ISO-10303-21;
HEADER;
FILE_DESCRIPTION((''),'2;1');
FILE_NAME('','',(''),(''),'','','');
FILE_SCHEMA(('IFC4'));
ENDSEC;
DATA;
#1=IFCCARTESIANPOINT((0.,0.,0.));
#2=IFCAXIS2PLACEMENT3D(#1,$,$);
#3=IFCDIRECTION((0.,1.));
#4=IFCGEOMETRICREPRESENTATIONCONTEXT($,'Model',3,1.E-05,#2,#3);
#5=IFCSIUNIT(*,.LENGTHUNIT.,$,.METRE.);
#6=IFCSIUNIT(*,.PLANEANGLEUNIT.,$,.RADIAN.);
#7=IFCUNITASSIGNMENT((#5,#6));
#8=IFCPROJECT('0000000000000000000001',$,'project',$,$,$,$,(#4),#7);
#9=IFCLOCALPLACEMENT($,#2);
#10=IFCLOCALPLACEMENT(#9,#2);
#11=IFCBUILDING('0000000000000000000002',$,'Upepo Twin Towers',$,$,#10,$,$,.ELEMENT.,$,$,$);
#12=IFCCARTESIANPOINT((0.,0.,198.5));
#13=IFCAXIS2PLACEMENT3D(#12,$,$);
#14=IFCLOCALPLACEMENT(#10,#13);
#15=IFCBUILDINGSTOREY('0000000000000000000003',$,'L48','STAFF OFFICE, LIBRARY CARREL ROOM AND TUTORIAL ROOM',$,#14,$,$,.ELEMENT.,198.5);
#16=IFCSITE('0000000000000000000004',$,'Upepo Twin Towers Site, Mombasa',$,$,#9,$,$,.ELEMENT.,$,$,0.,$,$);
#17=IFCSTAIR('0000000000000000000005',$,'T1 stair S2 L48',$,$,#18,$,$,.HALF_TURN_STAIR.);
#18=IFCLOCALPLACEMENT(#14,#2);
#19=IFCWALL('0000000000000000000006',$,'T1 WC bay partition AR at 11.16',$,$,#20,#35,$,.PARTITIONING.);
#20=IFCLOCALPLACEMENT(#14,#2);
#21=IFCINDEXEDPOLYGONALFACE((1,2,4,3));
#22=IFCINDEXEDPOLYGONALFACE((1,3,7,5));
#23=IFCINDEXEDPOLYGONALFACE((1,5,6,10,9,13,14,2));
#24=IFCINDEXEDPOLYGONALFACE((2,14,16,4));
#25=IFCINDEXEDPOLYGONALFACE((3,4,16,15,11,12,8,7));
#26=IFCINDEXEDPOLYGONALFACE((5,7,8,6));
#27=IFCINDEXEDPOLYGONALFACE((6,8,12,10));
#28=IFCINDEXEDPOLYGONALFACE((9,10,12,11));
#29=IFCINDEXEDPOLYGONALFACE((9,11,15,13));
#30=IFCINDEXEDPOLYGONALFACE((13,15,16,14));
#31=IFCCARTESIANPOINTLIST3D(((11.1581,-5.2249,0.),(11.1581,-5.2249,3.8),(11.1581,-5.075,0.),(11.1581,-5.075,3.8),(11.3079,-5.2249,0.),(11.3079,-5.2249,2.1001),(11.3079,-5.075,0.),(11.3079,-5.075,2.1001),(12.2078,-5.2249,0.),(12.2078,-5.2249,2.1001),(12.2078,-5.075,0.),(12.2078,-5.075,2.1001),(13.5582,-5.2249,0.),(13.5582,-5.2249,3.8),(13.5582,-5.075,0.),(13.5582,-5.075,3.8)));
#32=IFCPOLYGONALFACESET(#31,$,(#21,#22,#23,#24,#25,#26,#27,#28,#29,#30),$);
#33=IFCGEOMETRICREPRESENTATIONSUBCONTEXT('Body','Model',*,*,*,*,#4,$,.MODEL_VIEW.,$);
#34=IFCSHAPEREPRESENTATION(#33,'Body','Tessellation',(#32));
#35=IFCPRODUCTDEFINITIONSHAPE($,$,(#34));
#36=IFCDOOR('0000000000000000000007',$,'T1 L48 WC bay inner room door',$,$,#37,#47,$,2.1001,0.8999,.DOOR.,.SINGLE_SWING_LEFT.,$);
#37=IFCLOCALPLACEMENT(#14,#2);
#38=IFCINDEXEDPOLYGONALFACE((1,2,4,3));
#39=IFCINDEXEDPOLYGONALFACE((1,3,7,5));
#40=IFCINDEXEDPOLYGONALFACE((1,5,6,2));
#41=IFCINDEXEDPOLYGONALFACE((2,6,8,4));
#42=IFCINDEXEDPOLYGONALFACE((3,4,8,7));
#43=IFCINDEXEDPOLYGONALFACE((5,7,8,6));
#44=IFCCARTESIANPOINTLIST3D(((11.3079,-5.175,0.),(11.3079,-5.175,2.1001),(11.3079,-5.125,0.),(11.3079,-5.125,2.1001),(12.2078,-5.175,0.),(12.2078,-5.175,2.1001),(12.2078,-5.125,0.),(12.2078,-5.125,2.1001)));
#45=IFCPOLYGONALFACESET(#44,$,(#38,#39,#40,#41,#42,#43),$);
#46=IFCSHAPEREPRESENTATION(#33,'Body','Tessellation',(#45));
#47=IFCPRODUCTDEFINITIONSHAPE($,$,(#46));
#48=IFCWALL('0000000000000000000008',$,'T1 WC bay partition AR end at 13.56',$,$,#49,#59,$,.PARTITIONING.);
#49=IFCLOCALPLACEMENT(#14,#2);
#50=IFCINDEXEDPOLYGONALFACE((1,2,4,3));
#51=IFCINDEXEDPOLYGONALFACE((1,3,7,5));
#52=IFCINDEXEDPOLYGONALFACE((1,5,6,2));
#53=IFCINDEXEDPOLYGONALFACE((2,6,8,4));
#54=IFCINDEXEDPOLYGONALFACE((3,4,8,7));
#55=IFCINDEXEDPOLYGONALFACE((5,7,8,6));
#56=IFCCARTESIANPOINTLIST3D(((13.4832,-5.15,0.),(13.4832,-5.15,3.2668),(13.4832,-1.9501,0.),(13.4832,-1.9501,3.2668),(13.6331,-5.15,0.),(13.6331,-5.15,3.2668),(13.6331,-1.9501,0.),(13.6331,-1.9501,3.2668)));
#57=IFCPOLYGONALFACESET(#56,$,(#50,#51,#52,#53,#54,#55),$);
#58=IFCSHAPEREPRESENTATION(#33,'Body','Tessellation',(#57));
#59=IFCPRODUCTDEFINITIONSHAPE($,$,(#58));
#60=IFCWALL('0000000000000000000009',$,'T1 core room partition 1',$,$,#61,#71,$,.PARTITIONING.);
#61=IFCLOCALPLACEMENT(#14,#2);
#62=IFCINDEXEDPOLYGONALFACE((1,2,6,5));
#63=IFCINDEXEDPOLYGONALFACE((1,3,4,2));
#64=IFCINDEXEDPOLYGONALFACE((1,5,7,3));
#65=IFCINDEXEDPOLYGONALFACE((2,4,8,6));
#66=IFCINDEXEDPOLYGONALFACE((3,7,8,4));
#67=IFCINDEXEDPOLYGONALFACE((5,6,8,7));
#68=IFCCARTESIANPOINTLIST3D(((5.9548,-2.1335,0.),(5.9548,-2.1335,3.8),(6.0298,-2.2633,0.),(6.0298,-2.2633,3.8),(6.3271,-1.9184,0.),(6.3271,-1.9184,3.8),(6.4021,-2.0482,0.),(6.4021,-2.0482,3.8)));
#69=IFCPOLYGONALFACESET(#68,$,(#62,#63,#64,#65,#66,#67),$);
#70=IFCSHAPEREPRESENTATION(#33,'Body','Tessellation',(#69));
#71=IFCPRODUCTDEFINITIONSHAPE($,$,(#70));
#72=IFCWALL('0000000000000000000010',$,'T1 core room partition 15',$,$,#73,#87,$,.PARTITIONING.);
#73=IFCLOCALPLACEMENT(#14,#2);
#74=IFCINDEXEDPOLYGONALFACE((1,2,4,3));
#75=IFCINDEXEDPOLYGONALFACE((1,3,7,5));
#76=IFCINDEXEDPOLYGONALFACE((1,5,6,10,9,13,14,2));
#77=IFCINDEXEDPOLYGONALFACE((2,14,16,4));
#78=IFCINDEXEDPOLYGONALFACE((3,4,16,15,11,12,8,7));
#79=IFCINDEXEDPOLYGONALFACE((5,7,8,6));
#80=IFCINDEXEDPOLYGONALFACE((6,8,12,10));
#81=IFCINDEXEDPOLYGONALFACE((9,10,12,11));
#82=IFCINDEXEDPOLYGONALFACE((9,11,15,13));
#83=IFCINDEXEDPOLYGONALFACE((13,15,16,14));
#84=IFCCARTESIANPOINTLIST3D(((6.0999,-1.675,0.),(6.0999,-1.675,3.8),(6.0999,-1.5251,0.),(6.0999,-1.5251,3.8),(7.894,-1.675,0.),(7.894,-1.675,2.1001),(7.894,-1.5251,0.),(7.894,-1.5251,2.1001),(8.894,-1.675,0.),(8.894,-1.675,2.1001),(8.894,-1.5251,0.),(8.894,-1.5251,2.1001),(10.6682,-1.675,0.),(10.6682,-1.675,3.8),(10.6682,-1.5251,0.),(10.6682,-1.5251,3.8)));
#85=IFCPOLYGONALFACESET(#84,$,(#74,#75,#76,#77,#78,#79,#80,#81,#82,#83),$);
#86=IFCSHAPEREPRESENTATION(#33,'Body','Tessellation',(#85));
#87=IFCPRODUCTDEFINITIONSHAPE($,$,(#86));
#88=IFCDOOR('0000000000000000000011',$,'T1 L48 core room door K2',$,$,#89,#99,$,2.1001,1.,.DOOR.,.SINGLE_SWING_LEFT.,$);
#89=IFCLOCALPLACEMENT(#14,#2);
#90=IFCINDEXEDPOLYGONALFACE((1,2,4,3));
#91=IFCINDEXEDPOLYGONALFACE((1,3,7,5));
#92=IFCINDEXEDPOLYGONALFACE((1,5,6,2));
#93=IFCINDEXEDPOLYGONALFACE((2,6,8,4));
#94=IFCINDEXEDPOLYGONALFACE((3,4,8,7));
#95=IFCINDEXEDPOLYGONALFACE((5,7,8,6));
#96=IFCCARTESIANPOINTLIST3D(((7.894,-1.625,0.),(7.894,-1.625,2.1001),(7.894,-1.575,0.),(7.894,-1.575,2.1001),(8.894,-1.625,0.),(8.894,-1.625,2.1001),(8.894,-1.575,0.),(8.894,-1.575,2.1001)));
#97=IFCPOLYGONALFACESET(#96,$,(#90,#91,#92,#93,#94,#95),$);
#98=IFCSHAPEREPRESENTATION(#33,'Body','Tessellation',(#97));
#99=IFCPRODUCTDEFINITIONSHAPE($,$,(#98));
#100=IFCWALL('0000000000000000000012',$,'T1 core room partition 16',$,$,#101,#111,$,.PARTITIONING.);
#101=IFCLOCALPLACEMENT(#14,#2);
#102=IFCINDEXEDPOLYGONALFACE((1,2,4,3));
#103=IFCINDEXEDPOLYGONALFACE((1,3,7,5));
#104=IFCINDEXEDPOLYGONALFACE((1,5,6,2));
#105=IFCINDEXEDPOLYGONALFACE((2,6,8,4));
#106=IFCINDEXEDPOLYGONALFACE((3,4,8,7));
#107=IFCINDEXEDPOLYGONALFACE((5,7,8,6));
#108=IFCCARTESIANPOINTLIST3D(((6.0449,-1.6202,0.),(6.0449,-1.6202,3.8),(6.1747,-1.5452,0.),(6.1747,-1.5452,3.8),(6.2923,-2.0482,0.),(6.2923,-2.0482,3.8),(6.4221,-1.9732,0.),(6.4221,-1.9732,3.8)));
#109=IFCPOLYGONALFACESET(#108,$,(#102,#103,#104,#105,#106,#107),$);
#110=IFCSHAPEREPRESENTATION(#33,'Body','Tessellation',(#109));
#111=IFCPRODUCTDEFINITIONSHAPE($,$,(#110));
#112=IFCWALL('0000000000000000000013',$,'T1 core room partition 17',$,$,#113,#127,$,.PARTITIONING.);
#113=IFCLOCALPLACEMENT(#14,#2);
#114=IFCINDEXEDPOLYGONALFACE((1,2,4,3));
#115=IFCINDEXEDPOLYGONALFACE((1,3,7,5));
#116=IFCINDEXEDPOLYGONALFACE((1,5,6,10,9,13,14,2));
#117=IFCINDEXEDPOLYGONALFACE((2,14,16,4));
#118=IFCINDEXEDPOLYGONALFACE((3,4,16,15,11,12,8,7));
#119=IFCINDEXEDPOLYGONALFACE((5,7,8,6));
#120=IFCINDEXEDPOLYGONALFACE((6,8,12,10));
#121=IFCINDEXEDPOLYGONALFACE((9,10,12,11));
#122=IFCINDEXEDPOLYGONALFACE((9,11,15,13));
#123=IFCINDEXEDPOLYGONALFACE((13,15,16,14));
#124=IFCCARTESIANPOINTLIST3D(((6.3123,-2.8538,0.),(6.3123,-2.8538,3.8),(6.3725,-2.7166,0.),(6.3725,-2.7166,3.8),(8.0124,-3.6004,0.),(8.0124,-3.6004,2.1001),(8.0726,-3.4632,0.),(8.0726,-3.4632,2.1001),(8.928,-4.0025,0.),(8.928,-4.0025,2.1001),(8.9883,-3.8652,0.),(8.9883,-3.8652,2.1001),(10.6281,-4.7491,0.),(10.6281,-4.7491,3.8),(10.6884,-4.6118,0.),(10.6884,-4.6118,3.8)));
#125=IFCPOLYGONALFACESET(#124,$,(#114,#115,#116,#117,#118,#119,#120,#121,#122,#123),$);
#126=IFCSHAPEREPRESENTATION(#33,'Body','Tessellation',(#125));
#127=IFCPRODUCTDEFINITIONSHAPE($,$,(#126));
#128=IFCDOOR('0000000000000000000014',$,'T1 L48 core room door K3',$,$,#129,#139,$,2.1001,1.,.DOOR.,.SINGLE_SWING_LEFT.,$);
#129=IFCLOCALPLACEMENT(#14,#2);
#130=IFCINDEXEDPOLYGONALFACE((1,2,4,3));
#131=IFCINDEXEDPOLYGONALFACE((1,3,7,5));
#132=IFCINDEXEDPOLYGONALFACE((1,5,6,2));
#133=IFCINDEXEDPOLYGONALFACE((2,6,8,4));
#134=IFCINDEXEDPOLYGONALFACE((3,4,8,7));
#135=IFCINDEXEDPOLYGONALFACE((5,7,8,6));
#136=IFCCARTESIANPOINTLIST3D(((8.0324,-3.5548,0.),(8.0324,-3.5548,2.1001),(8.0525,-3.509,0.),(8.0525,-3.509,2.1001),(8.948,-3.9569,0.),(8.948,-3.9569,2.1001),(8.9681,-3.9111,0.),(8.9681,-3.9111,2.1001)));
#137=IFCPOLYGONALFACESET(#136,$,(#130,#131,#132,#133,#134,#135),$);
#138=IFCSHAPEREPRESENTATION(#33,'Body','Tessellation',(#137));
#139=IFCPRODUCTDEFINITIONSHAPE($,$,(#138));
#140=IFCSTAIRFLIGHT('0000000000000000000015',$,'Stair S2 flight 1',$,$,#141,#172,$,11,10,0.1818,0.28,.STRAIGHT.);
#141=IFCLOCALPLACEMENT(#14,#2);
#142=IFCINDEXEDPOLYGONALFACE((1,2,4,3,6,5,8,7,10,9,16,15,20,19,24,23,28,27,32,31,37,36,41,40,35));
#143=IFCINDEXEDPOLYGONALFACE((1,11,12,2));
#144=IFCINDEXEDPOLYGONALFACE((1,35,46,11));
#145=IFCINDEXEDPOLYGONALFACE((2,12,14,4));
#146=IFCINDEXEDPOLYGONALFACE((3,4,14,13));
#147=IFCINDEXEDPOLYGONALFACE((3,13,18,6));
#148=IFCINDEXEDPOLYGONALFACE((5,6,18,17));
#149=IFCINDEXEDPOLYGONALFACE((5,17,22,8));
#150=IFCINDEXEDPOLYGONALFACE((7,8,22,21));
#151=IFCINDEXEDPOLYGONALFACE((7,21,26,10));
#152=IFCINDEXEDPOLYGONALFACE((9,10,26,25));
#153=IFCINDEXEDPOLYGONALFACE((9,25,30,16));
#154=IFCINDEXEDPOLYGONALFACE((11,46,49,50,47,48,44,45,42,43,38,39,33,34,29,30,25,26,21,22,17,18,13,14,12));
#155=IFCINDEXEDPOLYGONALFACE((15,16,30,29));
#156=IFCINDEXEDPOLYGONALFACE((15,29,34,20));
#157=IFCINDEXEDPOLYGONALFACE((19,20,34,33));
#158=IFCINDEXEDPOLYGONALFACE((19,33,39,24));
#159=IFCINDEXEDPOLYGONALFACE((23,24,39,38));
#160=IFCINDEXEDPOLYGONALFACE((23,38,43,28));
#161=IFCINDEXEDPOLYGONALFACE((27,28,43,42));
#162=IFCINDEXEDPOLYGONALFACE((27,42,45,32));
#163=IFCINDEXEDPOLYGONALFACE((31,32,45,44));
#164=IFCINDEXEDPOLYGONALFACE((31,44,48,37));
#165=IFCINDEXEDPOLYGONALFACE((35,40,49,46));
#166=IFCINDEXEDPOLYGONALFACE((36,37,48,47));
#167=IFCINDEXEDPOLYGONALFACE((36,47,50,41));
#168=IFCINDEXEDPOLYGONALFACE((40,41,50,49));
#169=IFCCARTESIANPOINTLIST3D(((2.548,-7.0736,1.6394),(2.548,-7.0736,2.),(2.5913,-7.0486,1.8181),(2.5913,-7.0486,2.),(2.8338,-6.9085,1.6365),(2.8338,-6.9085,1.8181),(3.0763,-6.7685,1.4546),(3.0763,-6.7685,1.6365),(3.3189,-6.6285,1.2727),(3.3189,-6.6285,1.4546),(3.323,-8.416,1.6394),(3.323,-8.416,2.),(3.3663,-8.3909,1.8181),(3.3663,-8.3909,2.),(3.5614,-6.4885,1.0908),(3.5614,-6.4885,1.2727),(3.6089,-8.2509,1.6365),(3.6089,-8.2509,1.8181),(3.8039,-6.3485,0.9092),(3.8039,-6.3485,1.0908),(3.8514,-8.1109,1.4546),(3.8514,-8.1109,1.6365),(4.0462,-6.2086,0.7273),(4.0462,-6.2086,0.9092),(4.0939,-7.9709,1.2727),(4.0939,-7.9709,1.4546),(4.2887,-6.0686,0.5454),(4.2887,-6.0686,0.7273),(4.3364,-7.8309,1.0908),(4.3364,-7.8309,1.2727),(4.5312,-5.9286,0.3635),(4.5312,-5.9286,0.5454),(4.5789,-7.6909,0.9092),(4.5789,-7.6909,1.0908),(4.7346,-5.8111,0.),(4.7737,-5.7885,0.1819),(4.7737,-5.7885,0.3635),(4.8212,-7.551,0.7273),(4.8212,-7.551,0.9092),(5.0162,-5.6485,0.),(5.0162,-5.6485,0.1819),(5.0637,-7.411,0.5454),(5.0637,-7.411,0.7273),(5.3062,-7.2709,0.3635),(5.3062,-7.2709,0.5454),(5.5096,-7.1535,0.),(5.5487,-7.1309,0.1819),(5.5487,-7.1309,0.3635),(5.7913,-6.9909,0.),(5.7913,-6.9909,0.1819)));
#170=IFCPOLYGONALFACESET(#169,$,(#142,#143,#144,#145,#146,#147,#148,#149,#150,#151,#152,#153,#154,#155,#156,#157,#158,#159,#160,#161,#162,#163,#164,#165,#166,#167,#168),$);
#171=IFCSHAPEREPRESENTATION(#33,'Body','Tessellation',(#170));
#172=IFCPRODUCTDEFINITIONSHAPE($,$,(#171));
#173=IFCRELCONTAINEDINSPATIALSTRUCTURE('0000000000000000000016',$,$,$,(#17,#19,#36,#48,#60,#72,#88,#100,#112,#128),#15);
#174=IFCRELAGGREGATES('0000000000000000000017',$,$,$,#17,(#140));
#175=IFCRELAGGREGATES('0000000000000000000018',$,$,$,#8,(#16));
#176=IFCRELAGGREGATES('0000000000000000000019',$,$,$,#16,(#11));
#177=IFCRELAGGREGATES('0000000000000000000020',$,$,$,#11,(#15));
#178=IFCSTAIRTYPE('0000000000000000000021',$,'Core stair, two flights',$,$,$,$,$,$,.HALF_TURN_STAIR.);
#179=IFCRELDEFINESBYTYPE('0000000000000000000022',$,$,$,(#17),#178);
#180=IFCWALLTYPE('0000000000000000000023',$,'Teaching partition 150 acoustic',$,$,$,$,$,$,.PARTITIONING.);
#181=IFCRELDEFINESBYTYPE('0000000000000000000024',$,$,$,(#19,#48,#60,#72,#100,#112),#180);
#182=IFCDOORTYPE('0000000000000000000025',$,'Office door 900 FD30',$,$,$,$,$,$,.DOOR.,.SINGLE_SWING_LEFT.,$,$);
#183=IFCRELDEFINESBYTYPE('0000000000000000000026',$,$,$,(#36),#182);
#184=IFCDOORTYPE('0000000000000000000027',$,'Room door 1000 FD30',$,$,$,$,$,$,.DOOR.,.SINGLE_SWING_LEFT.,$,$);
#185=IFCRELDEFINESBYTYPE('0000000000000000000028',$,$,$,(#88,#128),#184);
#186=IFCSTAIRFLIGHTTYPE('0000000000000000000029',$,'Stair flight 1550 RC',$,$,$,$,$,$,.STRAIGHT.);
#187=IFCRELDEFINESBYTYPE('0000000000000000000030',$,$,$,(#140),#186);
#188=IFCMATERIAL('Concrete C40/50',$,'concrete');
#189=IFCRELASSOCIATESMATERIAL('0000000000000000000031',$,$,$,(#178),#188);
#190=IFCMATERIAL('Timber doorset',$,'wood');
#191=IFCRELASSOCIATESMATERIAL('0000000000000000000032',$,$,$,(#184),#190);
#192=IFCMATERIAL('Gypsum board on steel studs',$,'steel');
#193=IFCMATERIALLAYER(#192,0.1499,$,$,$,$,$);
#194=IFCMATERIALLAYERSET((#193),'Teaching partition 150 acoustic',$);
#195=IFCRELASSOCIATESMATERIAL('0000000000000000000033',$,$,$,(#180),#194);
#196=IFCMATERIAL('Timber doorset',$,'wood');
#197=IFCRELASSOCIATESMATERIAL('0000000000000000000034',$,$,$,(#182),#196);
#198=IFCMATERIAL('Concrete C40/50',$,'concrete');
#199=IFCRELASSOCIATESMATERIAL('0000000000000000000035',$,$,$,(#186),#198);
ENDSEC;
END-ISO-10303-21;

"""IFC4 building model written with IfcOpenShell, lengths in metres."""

from ifc_helpers import new_model, si_unit, direction, frame, frame_2d, origin, place, context, subcontext, project, spatial, polyline, rectangle, outline, extrude, material, layer, layer_set, type_object, element, fill, aggregate, save


model = new_model("IFC4")

# Units and contexts
model_context = context("Model", 3, precision=1e-05, world=origin(), true_north=direction((0.0, 1.0)))
body_context = subcontext(model_context, "Body", "Model", "MODEL_VIEW")
ifc_project = project(units=[si_unit("LENGTHUNIT", "METRE"), si_unit("PLANEANGLEUNIT", "RADIAN")], contexts=[model_context])

# Site, building, storey
site_placement = place(None, origin())
site = spatial("IfcSite", under=ifc_project, at=site_placement, Name="Upepo Twin Towers Site, Mombasa", CompositionType="ELEMENT", RefElevation=0.0)
building_placement = place(site_placement, origin())
building = spatial("IfcBuilding", under=site, at=building_placement, Name="Upepo Twin Towers", CompositionType="ELEMENT")
storey_placement = place(building_placement, frame((0.0, 0.0, 198.5)))
storey = spatial("IfcBuildingStorey", under=building, at=storey_placement, Name="L48", Description="STAFF OFFICE, LIBRARY CARREL ROOM AND TUTORIAL ROOM", CompositionType="ELEMENT", Elevation=198.5)

# Stair
ifc_material_1 = material(Name="Concrete C40/50", Category="concrete")
stair_type = type_object("IfcStairType", Name="Core stair, two flights", PredefinedType="HALF_TURN_STAIR", material=ifc_material_1)
stair_placement = place(storey_placement, origin())
stair = element("IfcStair", 1, at=stair_placement, inside=storey, type_object=stair_type, Name="T1 stair S2 L48", PredefinedType="HALF_TURN_STAIR")

# Shared definitions
ifc_material_2 = material(Name="Timber doorset", Category="wood")
door_type_1 = type_object("IfcDoorType", Name="Room door 1000 FD30", OperationType="SINGLE_SWING_LEFT", PredefinedType="DOOR", material=ifc_material_2)

# Wall, opening, door
ifc_material_3 = material(Name="Gypsum board on steel studs", Category="steel")
ifc_layer_1 = layer(ifc_material_3, 0.1499)
ifc_layer_set_1 = layer_set([ifc_layer_1], Name="Teaching partition 150 acoustic")
wall_type_1 = type_object("IfcWallType", Name="Teaching partition 150 acoustic", PredefinedType="PARTITIONING", material=ifc_layer_set_1)
wall_1_placement = place(storey_placement, frame((11.158, -5.1499, 0.0), z_axis=(0.0, 0.0, 1.0), x_axis=(1.0, 0.0, 0.0)))
wall_1 = element("IfcWall", 2, at=wall_1_placement, inside=storey, type_object=wall_type_1, Name="T1 WC bay partition AR at 11.16", PredefinedType="PARTITIONING", context=body_context, shape_type="SweptSolid", body=[
    extrude(rectangle(XDim=2.4001, YDim=0.1499, at=frame_2d((1.2002, 0.0))), origin(), (0.0, 0.0, 1.0), 3.8),
])
opening_1_placement = place(wall_1_placement, frame((0.1499, 0.0, 0.0)))
opening_1 = element("IfcOpeningElement", 3, at=opening_1_placement, cuts=wall_1, PredefinedType="OPENING", context=body_context, shape_type="SweptSolid", body=[
    extrude(rectangle(XDim=0.8999, YDim=2.1001, at=frame_2d((0.45, 1.05))), frame((0.0, 0.085, 0.0), z_axis=(0.0, -1.0, 0.0), x_axis=(1.0, 0.0, 0.0)), (0.0, 0.0, 1.0), 0.1699),
])
ifc_material_4 = material(Name="Timber doorset", Category="wood")
door_type_2 = type_object("IfcDoorType", Name="Office door 900 FD30", OperationType="SINGLE_SWING_LEFT", PredefinedType="DOOR", material=ifc_material_4)
door_1_placement = place(opening_1_placement, origin())
door_1 = element("IfcDoor", 4, at=door_1_placement, inside=storey, type_object=door_type_2, Name="T1 L48 WC bay inner room door", OperationType="SINGLE_SWING_LEFT", OverallHeight=2.1001, OverallWidth=0.8999, PredefinedType="DOOR", context=body_context, shape_type="SweptSolid", body=[
    extrude(rectangle(XDim=0.8999, YDim=2.1001, at=frame_2d((0.45, 1.05))), frame((0.0, 0.0249, 0.0), z_axis=(0.0, -1.0, 0.0), x_axis=(1.0, 0.0, 0.0)), (0.0, 0.0, 1.0), 0.05),
])
fill(opening_1, door_1)

# Walls
wall_2_placement = place(storey_placement, frame((13.5581, -1.95, 0.0), z_axis=(0.0, 0.0, 1.0), x_axis=(0.0, -1.0, 0.0)))
element("IfcWall", 5, at=wall_2_placement, inside=storey, type_object=wall_type_1, Name="T1 WC bay partition AR end at 13.56", PredefinedType="PARTITIONING", context=body_context, shape_type="SweptSolid", body=[
    extrude(rectangle(XDim=3.2, YDim=0.1499, at=frame_2d((1.6001, 0.0))), origin(), (0.0, 0.0, 1.0), 3.2668),
])
wall_3_placement = place(storey_placement, frame((6.3645, -1.9834, 0.0), z_axis=(0.0, 0.0, 1.0), x_axis=(-0.865892, -0.50023, 0.0)))
element("IfcWall", 6, at=wall_3_placement, inside=storey, type_object=wall_type_1, Name="T1 core room partition 1", PredefinedType="PARTITIONING", context=body_context, shape_type="SweptSolid", body=[
    extrude(rectangle(XDim=0.4299, YDim=0.1499, at=frame_2d((0.2148, 0.0))), origin(), (0.0, 0.0, 1.0), 3.8),
])

# Wall, opening, door
wall_4_placement = place(storey_placement, frame((10.6682, -1.6001, 0.0), z_axis=(0.0, 0.0, 1.0), x_axis=(-1.0, 0.0, 0.0)))
wall_4 = element("IfcWall", 7, at=wall_4_placement, inside=storey, type_object=wall_type_1, Name="T1 core room partition 15", PredefinedType="PARTITIONING", context=body_context, shape_type="SweptSolid", body=[
    extrude(rectangle(XDim=4.5684, YDim=0.1499, at=frame_2d((2.2842, 0.0))), origin(), (0.0, 0.0, 1.0), 3.8),
])
opening_2_placement = place(wall_4_placement, frame((1.7742, 0.0, 0.0)))
opening_2 = element("IfcOpeningElement", 8, at=opening_2_placement, cuts=wall_4, PredefinedType="OPENING", context=body_context, shape_type="SweptSolid", body=[
    extrude(rectangle(XDim=1.0, YDim=2.1001, at=frame_2d((0.5, 1.05))), frame((0.0, 0.085, 0.0), z_axis=(0.0, -1.0, 0.0), x_axis=(1.0, 0.0, 0.0)), (0.0, 0.0, 1.0), 0.1699),
])
door_2_placement = place(opening_2_placement, origin())
door_2 = element("IfcDoor", 9, at=door_2_placement, inside=storey, type_object=door_type_1, Name="T1 L48 core room door K2", OperationType="SINGLE_SWING_LEFT", OverallHeight=2.1001, OverallWidth=1.0, PredefinedType="DOOR", context=body_context, shape_type="SweptSolid", body=[
    extrude(rectangle(XDim=1.0, YDim=2.1001, at=frame_2d((0.5, 1.05))), frame((0.0, 0.0249, 0.0), z_axis=(0.0, -1.0, 0.0), x_axis=(1.0, 0.0, 0.0)), (0.0, 0.0, 1.0), 0.05),
])
fill(opening_2, door_2)

# Wall
wall_5_placement = place(storey_placement, frame((6.1099, -1.5828, 0.0), z_axis=(0.0, 0.0, 1.0), x_axis=(0.500335, -0.865832, 0.0)))
element("IfcWall", 10, at=wall_5_placement, inside=storey, type_object=wall_type_1, Name="T1 core room partition 16", PredefinedType="PARTITIONING", context=body_context, shape_type="SweptSolid", body=[
    extrude(rectangle(XDim=0.4944, YDim=0.1499, at=frame_2d((0.2471, 0.0))), origin(), (0.0, 0.0, 1.0), 3.8),
])

# Wall, opening, door
wall_6_placement = place(storey_placement, frame((6.3423, -2.7852, 0.0), z_axis=(0.0, 0.0, 1.0), x_axis=(0.915607, -0.402074, 0.0)))
wall_6 = element("IfcWall", 11, at=wall_6_placement, inside=storey, type_object=wall_type_1, Name="T1 core room partition 17", PredefinedType="PARTITIONING", context=body_context, shape_type="SweptSolid", body=[
    extrude(rectangle(XDim=4.7136, YDim=0.1499, at=frame_2d((2.3569, 0.0))), origin(), (0.0, 0.0, 1.0), 3.8),
])
opening_3_placement = place(wall_6_placement, frame((1.8569, 0.0, 0.0)))
opening_3 = element("IfcOpeningElement", 12, at=opening_3_placement, cuts=wall_6, PredefinedType="OPENING", context=body_context, shape_type="SweptSolid", body=[
    extrude(rectangle(XDim=1.0, YDim=2.1001, at=frame_2d((0.5, 1.05))), frame((0.0, 0.085, 0.0), z_axis=(0.0, -1.0, 0.0), x_axis=(1.0, 0.0, 0.0)), (0.0, 0.0, 1.0), 0.1699),
])
door_3_placement = place(opening_3_placement, origin())
door_3 = element("IfcDoor", 13, at=door_3_placement, inside=storey, type_object=door_type_1, Name="T1 L48 core room door K3", OperationType="SINGLE_SWING_LEFT", OverallHeight=2.1001, OverallWidth=1.0, PredefinedType="DOOR", context=body_context, shape_type="SweptSolid", body=[
    extrude(rectangle(XDim=1.0, YDim=2.1001, at=frame_2d((0.5, 1.05))), frame((0.0, 0.0249, 0.0), z_axis=(0.0, -1.0, 0.0), x_axis=(1.0, 0.0, 0.0)), (0.0, 0.0, 1.0), 0.05),
])
fill(opening_3, door_3)

# Stair flight
ifc_material_5 = material(Name="Concrete C40/50", Category="concrete")
stair_flight_type = type_object("IfcStairFlightType", Name="Stair flight 1550 RC", PredefinedType="STRAIGHT", material=ifc_material_5)
stair_flight_1_placement = place(storey_placement, frame((5.4038, -6.3198, 0.0), z_axis=(0.0, 0.0, 1.0), x_axis=(-0.866025, -0.5, 0.0)))
stair_flight_1 = element("IfcStairFlight", 14, at=stair_flight_1_placement, type_object=stair_flight_type, Name="Stair S2 flight 1", NumberOfRisers=11, NumberOfTreads=10, PredefinedType="STRAIGHT", RiserHeight=0.1818, TreadLength=0.28, context=body_context, shape_type="SweptSolid", body=[
    extrude(outline(polyline([(0.0, 0.0), (0.0, 0.1819), (0.28, 0.1819), (0.28, 0.3635), (0.5601, 0.3635), (0.5601, 0.5454), (0.8401, 0.5454), (0.8401, 0.7273), (1.1201, 0.7273), (1.1201, 0.9092), (1.3999, 0.9092), (1.3999, 1.0908), (1.6799, 1.0908), (1.6799, 1.2727), (1.96, 1.2727), (1.96, 1.4546), (2.24, 1.4546), (2.24, 1.6365), (2.52, 1.6365), (2.52, 1.8181), (2.8, 1.8181), (2.8, 2.0), (2.8501, 2.0), (2.8501, 1.6394), (0.3252, 0.0), (0.0, 0.0)])), frame((0.0, 0.7749, 0.0), z_axis=(0.0, -1.0, 0.0), x_axis=(1.0, 0.0, 0.0)), (0.0, 0.0, 1.0), 1.55),
])
aggregate(stair, [stair_flight_1])

save(model, "model.ifc")
